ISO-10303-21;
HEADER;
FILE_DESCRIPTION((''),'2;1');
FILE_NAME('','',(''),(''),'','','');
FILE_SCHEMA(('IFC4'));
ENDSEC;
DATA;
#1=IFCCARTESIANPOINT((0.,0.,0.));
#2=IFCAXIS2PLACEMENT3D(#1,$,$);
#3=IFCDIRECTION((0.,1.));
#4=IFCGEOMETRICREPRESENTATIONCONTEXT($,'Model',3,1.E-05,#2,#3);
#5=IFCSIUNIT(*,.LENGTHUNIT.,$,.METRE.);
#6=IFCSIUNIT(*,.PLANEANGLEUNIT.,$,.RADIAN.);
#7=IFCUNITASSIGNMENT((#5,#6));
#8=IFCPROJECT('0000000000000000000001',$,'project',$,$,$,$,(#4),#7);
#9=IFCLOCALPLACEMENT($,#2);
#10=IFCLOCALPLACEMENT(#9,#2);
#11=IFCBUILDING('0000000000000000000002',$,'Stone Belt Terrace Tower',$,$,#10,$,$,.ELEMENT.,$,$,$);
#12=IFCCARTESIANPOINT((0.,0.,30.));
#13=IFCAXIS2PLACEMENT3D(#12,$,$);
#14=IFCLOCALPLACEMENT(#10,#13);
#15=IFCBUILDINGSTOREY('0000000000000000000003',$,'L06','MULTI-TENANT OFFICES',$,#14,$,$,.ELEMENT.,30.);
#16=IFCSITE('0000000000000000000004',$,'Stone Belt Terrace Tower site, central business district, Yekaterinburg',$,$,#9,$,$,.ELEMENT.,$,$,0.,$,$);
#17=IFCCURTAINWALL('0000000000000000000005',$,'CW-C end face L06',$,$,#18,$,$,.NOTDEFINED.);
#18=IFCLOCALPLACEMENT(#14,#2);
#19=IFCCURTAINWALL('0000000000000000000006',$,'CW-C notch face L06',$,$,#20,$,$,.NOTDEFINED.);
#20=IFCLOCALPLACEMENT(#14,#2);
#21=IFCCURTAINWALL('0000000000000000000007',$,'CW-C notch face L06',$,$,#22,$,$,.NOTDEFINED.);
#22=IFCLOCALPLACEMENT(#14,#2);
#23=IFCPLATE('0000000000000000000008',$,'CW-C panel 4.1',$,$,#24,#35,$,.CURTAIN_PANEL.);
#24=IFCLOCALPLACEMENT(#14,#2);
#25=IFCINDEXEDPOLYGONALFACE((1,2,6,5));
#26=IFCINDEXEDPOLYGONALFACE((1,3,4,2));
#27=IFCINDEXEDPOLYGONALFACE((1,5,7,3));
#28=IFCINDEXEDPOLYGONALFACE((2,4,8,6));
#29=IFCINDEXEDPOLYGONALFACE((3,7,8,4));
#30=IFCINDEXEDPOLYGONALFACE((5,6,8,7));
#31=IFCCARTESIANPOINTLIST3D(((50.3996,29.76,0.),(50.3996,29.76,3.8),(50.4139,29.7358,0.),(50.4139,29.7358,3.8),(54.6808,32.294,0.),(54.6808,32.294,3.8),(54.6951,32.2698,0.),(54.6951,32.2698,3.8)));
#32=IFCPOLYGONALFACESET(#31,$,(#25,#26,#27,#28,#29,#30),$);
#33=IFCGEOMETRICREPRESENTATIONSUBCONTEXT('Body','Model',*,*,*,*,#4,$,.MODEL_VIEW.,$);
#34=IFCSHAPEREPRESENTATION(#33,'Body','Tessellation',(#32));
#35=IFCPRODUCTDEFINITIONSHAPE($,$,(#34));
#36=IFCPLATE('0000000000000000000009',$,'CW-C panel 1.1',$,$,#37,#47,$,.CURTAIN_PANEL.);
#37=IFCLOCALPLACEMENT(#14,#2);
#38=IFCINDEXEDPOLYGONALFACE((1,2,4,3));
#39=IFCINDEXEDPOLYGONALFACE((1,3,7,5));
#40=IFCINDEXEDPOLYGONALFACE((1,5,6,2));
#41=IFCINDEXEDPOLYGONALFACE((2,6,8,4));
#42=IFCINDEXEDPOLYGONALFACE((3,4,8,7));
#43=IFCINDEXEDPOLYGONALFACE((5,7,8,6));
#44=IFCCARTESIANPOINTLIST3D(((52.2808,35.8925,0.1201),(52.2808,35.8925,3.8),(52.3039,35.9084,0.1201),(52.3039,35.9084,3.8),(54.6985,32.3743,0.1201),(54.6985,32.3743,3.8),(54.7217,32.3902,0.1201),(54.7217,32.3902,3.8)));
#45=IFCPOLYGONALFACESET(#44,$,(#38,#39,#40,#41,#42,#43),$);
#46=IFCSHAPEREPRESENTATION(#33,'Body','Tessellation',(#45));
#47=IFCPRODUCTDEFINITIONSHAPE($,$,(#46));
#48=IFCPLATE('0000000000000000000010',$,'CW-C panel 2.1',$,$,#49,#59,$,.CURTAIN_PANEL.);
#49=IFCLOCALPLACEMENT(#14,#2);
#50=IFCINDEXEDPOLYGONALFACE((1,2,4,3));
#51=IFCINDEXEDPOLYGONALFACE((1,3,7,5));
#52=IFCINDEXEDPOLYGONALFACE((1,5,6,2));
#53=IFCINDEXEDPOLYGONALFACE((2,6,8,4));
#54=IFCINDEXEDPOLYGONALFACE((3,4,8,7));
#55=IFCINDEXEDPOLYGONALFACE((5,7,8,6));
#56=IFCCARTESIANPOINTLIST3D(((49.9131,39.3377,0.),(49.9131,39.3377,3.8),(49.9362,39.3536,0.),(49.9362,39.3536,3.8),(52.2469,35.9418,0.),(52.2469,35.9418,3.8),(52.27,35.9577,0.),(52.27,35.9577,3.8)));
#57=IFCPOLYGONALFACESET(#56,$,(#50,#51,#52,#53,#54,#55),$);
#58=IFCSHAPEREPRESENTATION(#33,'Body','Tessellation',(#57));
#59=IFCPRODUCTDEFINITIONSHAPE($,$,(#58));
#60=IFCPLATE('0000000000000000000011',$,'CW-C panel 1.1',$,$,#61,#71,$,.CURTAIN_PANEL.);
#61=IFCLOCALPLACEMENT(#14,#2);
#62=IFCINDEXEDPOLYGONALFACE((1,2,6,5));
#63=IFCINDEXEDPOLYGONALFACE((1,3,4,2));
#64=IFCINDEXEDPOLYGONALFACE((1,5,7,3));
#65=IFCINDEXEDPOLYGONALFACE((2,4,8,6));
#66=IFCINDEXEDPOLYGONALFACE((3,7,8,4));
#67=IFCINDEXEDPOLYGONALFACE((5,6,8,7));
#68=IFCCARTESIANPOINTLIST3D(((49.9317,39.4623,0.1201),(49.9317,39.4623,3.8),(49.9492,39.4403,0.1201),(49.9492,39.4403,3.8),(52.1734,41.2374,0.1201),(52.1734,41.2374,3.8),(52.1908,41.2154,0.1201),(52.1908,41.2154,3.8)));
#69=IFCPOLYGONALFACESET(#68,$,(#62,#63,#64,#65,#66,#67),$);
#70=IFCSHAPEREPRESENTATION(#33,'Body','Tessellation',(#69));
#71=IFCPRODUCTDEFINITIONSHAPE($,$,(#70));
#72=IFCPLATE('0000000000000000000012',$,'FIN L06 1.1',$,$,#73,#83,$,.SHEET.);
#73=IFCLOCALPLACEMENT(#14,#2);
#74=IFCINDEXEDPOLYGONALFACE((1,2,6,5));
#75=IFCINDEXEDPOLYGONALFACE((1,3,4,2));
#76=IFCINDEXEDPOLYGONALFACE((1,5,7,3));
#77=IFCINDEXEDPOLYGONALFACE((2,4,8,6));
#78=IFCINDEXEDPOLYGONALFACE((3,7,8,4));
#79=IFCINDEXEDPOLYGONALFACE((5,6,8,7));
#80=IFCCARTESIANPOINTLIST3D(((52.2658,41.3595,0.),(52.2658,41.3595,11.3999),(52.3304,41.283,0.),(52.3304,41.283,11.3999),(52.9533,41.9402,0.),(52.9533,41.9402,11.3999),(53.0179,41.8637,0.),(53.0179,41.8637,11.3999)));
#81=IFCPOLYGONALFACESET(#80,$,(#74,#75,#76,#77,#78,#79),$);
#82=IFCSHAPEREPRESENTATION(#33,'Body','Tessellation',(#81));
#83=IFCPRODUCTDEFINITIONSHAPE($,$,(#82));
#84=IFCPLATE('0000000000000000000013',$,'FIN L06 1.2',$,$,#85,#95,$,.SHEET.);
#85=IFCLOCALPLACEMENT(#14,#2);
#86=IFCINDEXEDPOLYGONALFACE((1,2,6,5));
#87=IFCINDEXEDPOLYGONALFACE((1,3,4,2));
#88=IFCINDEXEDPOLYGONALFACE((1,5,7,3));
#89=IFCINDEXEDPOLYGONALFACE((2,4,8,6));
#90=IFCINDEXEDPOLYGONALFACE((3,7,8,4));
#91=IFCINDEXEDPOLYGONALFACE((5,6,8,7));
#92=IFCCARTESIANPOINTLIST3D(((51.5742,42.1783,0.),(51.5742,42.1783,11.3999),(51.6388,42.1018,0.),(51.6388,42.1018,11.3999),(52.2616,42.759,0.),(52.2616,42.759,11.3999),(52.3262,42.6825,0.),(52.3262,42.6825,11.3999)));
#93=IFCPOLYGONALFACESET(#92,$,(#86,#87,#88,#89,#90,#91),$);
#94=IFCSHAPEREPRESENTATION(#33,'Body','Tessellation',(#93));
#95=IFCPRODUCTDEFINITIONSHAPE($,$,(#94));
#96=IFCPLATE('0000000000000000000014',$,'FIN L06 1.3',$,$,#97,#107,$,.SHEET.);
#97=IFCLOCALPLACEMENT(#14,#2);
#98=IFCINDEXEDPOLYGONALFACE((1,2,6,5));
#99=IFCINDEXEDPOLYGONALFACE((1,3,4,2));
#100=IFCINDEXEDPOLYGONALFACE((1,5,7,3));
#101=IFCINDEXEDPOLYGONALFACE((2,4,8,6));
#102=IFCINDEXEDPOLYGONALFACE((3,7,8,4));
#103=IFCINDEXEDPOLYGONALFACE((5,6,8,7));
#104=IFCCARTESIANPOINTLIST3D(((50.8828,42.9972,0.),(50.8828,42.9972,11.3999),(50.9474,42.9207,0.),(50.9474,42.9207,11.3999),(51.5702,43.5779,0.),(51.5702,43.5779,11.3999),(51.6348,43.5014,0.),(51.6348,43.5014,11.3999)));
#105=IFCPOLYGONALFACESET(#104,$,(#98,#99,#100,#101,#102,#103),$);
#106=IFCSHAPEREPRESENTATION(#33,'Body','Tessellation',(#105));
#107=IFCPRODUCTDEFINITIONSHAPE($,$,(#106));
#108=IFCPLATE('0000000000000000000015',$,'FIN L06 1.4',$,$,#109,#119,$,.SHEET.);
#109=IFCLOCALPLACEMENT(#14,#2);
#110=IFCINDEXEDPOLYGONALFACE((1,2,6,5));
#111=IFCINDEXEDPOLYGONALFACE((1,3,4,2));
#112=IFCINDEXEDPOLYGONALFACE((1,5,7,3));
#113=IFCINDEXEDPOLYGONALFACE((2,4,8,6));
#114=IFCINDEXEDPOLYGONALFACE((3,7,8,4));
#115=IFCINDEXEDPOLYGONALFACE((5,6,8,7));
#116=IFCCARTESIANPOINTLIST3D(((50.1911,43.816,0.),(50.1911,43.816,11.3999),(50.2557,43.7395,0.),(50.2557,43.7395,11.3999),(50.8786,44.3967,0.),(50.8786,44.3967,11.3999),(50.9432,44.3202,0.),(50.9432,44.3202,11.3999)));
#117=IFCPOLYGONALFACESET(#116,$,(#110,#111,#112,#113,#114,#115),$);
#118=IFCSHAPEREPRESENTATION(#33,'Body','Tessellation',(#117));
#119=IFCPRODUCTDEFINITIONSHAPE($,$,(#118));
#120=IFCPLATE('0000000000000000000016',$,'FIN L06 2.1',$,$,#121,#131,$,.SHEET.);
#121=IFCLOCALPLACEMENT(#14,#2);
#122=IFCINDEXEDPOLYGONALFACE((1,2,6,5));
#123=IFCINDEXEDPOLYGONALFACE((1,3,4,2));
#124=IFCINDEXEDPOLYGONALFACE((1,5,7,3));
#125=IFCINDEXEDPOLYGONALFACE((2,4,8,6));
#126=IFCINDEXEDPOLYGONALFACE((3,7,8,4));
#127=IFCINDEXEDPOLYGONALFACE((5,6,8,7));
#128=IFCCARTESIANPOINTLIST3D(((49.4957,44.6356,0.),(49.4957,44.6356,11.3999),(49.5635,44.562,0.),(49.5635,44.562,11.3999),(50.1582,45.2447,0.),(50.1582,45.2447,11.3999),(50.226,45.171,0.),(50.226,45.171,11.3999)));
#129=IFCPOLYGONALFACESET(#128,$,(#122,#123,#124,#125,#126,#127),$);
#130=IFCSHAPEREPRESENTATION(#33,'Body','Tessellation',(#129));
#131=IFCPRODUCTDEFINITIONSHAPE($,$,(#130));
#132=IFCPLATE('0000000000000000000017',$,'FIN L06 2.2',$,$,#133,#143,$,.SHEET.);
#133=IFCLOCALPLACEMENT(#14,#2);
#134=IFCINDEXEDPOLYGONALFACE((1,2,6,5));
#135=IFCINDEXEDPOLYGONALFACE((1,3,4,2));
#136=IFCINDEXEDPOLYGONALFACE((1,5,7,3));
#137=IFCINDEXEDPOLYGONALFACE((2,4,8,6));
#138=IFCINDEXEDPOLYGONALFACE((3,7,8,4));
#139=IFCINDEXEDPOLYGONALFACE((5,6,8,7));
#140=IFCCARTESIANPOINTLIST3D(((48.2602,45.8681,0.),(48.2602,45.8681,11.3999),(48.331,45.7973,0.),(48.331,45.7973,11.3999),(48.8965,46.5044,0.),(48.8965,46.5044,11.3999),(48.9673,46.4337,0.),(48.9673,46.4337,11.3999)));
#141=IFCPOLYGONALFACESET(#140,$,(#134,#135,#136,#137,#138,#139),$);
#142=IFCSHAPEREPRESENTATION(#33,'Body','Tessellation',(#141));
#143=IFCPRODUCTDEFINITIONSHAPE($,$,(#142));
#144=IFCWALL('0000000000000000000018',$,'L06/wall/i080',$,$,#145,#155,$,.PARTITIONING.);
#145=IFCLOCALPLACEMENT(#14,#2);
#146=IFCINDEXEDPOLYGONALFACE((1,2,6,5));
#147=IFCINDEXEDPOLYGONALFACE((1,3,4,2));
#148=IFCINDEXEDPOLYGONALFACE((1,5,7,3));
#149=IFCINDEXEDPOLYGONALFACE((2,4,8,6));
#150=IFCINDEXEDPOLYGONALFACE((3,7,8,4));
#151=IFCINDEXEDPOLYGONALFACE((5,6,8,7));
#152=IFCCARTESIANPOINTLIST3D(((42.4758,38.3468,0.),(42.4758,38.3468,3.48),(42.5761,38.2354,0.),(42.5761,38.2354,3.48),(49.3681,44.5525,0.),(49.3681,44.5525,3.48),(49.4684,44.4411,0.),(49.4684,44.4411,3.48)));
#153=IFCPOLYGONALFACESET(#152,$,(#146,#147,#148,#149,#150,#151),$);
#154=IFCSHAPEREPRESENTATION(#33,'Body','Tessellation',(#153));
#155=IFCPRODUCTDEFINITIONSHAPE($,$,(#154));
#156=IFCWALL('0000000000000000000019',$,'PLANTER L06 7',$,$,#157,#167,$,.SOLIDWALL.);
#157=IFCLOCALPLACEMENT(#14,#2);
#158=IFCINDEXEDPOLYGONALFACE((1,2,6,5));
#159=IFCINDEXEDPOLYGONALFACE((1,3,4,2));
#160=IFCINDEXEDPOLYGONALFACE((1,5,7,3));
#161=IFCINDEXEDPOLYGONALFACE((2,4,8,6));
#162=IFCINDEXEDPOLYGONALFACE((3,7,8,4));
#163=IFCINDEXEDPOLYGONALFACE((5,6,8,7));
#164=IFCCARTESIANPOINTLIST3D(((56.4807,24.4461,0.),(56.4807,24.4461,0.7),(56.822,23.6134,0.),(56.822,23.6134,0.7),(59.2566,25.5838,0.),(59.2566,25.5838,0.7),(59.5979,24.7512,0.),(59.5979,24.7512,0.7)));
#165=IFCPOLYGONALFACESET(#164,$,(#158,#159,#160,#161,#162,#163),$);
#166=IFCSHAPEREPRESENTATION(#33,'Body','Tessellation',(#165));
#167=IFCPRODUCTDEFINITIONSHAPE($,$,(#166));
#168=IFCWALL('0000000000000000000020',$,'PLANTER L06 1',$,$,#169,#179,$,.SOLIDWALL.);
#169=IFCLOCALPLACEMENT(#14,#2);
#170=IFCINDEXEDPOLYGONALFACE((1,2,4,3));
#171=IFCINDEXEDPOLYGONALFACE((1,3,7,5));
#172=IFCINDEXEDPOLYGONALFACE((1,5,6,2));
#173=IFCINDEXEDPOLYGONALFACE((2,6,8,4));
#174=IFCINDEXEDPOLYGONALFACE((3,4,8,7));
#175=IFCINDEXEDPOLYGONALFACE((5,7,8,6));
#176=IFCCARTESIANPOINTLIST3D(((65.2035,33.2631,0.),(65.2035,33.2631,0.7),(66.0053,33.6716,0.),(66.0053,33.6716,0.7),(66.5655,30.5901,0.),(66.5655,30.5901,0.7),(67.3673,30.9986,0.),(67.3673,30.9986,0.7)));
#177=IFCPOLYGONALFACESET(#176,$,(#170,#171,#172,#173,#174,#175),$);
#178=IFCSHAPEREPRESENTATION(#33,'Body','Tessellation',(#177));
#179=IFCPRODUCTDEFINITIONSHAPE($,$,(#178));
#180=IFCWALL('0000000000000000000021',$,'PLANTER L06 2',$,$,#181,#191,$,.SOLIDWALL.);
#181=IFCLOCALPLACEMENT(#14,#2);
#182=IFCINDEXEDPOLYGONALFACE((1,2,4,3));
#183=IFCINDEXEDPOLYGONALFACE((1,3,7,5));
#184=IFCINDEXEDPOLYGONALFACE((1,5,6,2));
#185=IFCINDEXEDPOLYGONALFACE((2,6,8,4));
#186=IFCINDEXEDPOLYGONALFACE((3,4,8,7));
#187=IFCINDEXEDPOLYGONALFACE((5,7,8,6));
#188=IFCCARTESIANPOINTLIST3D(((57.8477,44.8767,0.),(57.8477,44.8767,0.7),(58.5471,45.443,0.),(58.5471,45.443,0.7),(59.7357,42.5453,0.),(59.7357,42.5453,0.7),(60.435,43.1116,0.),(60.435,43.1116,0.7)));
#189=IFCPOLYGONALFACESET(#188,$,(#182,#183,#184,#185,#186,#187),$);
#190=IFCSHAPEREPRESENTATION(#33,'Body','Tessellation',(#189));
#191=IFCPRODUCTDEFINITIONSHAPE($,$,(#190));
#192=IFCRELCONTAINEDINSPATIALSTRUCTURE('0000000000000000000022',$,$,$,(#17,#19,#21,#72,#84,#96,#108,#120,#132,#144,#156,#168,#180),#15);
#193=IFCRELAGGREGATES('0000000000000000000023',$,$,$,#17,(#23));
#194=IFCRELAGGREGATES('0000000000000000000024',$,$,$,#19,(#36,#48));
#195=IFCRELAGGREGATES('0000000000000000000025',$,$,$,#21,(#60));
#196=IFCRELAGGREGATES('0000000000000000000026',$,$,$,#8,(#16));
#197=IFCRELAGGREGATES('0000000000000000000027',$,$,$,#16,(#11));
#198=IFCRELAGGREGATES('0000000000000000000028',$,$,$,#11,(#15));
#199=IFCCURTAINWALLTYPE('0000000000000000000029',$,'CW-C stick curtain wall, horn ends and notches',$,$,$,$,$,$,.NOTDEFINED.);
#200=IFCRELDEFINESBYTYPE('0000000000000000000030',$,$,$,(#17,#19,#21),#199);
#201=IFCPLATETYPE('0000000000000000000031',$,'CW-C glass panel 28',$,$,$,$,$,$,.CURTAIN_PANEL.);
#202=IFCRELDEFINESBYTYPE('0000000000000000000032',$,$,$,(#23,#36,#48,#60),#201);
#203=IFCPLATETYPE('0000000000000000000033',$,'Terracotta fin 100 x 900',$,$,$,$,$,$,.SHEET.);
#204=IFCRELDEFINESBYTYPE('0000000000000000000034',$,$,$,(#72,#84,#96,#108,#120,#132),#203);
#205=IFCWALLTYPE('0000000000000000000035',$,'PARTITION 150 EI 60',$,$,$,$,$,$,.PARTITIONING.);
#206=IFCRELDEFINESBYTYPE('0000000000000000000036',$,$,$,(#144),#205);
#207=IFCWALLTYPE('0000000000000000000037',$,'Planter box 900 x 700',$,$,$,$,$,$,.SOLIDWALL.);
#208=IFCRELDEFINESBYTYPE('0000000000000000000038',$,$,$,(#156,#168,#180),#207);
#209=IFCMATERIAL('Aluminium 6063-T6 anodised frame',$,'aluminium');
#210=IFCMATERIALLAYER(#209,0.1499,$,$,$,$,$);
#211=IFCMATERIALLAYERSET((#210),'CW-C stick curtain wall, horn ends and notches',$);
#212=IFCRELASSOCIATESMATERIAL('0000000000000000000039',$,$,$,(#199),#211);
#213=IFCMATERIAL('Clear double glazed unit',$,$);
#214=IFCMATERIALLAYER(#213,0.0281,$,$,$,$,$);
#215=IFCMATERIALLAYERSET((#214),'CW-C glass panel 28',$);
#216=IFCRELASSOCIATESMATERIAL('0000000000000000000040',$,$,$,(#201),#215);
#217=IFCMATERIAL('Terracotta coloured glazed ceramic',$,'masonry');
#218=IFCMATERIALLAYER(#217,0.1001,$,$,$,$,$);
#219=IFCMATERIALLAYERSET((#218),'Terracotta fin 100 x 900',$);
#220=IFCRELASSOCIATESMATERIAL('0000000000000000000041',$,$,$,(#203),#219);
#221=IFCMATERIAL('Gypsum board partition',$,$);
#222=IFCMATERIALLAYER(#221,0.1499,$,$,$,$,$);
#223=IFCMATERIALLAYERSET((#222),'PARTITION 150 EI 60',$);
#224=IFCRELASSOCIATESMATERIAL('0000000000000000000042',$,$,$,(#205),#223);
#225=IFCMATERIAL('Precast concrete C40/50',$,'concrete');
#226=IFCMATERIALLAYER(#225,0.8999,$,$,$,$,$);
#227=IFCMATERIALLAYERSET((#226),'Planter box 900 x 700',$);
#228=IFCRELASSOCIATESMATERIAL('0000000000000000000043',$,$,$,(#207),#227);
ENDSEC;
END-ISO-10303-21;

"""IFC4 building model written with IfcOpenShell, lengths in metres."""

from ifc_helpers import new_model, si_unit, direction, frame, frame_2d, origin, origin_2d, place, context, subcontext, project, spatial, rectangle, extrude, material, layer, layer_set, type_object, element, aggregate, save


model = new_model("IFC4")

# Units and contexts
model_context = context("Model", 3, precision=1e-05, world=origin(), true_north=direction((0.0, 1.0)))
body_context = subcontext(model_context, "Body", "Model", "MODEL_VIEW")
ifc_project = project(units=[si_unit("LENGTHUNIT", "METRE"), si_unit("PLANEANGLEUNIT", "RADIAN")], contexts=[model_context])

# Site, building, storey
site_placement = place(None, origin())
site = spatial("IfcSite", under=ifc_project, at=site_placement, Name="Stone Belt Terrace Tower site, central business district, Yekaterinburg", CompositionType="ELEMENT", RefElevation=0.0)
building_placement = place(site_placement, origin())
building = spatial("IfcBuilding", under=site, at=building_placement, Name="Stone Belt Terrace Tower", CompositionType="ELEMENT")
storey_placement = place(building_placement, frame((0.0, 0.0, 30.0)))
storey = spatial("IfcBuildingStorey", under=building, at=storey_placement, Name="L06", Description="MULTI-TENANT OFFICES", CompositionType="ELEMENT", Elevation=30.0)

# Shared definitions
ifc_material_1 = material(Name="Aluminium 6063-T6 anodised frame", Category="aluminium")

# Curtain wall
ifc_layer_1 = layer(ifc_material_1, 0.1499)
ifc_layer_set_1 = layer_set([ifc_layer_1], Name="CW-C stick curtain wall, horn ends and notches")
curtain_wall_type_1 = type_object("IfcCurtainWallType", Name="CW-C stick curtain wall, horn ends and notches", PredefinedType="NOTDEFINED", material=ifc_layer_set_1)
curtain_wall_1_placement = place(storey_placement, origin())
curtain_wall_1 = element("IfcCurtainWall", 1, at=curtain_wall_1_placement, inside=storey, type_object=curtain_wall_type_1, Name="CW-C end face L06", PredefinedType="NOTDEFINED")

# Curtain wall
curtain_wall_2_placement = place(storey_placement, origin())
curtain_wall_2 = element("IfcCurtainWall", 2, at=curtain_wall_2_placement, inside=storey, type_object=curtain_wall_type_1, Name="CW-C notch face L06", PredefinedType="NOTDEFINED")

# Curtain wall
curtain_wall_3_placement = place(storey_placement, origin())
curtain_wall_3 = element("IfcCurtainWall", 3, at=curtain_wall_3_placement, inside=storey, type_object=curtain_wall_type_1, Name="CW-C notch face L06", PredefinedType="NOTDEFINED")

# Plates
ifc_material_2 = material(Name="Clear double glazed unit")
ifc_layer_2 = layer(ifc_material_2, 0.0281)
ifc_layer_set_2 = layer_set([ifc_layer_2], Name="CW-C glass panel 28")
plate_type_1 = type_object("IfcPlateType", Name="CW-C glass panel 28", PredefinedType="CURTAIN_PANEL", material=ifc_layer_set_2)
plate_1_placement = place(storey_placement, frame((52.5474, 31.0149, 0.0), z_axis=(0.0, 0.0, 1.0), x_axis=(0.860558, 0.509353, 0.0)))
plate_1 = element("IfcPlate", 4, at=plate_1_placement, type_object=plate_type_1, Name="CW-C panel 4.1", PredefinedType="CURTAIN_PANEL", context=body_context, shape_type="SweptSolid", body=[
    extrude(rectangle(XDim=4.9749, YDim=0.0281, at=origin_2d()), origin(), (0.0, 0.0, 1.0), 3.8),
])
aggregate(curtain_wall_1, [plate_1])
plate_2_placement = place(storey_placement, frame((53.5012, 34.1414, 0.1201), z_axis=(0.0, 0.0, 1.0), x_axis=(-0.566376, 0.824147, 0.0)))
plate_2 = element("IfcPlate", 5, at=plate_2_placement, type_object=plate_type_1, Name="CW-C panel 1.1", PredefinedType="CURTAIN_PANEL", context=body_context, shape_type="SweptSolid", body=[
    extrude(rectangle(XDim=4.2688, YDim=0.0281, at=origin_2d()), origin(), (0.0, 0.0, 1.0), 3.6799),
])
plate_3_placement = place(storey_placement, frame((51.0916, 37.6477, 0.0), z_axis=(0.0, 0.0, 1.0), x_axis=(-0.566376, 0.824147, 0.0)))
plate_3 = element("IfcPlate", 6, at=plate_3_placement, type_object=plate_type_1, Name="CW-C panel 2.1", PredefinedType="CURTAIN_PANEL", context=body_context, shape_type="SweptSolid", body=[
    extrude(rectangle(XDim=4.1206, YDim=0.0281, at=origin_2d()), origin(), (0.0, 0.0, 1.0), 3.8),
])
aggregate(curtain_wall_2, [plate_2, plate_3])
plate_4_placement = place(storey_placement, frame((51.0613, 40.3389, 0.1201), z_axis=(0.0, 0.0, 1.0), x_axis=(0.783964, 0.620807, 0.0)))
plate_4 = element("IfcPlate", 7, at=plate_4_placement, type_object=plate_type_1, Name="CW-C panel 1.1", PredefinedType="CURTAIN_PANEL", context=body_context, shape_type="SweptSolid", body=[
    extrude(rectangle(XDim=2.8594, YDim=0.0281, at=origin_2d()), origin(), (0.0, 0.0, 1.0), 3.6799),
])
aggregate(curtain_wall_3, [plate_4])

# Plates
ifc_material_3 = material(Name="Terracotta coloured glazed ceramic", Category="masonry")
ifc_layer_3 = layer(ifc_material_3, 0.1001)
ifc_layer_set_3 = layer_set([ifc_layer_3], Name="Terracotta fin 100 x 900")
plate_type_2 = type_object("IfcPlateType", Name="Terracotta fin 100 x 900", PredefinedType="SHEET", material=ifc_layer_set_3)
for number, where, z_axis, x_axis, name in (
    (8, (52.6418, 41.6116, 0.0), (0.0, 0.0, 1.0), (0.763937, 0.645291, 0.0), "FIN L06 1.1"),
    (9, (51.9502, 42.4304, 0.0), (0.0, 0.0, 1.0), (0.763937, 0.645291, 0.0), "FIN L06 1.2"),
    (10, (51.2588, 43.2493, 0.0), (0.0, 0.0, 1.0), (0.763937, 0.645291, 0.0), "FIN L06 1.3"),
    (11, (50.5671, 44.0681, 0.0), (0.0, 0.0, 1.0), (0.763937, 0.645291, 0.0), "FIN L06 1.4"),
    (12, (49.8608, 44.9033, 0.0), (0.0, 0.0, 1.0), (0.736171, 0.676796, 0.0), "FIN L06 2.1"),
    (13, (48.6138, 46.1509, 0.0), (0.0, 0.0, 1.0), (0.707107, 0.707107, 0.0), "FIN L06 2.2"),
):
    element("IfcPlate", number, at=place(storey_placement, frame(where, z_axis=z_axis, x_axis=x_axis)), inside=storey, type_object=plate_type_2, Name=name, PredefinedType="SHEET", context=body_context, shape_type="SweptSolid", body=[
        extrude(rectangle(XDim=0.8999, YDim=0.1001, at=origin_2d()), origin(), (0.0, 0.0, 1.0), 11.3999),
    ])

# Walls
ifc_material_4 = material(Name="Gypsum board partition")
ifc_layer_4 = layer(ifc_material_4, 0.1499)
ifc_layer_set_4 = layer_set([ifc_layer_4], Name="PARTITION 150 EI 60")
wall_type_1 = type_object("IfcWallType", Name="PARTITION 150 EI 60", PredefinedType="PARTITIONING", material=ifc_layer_set_4)
wall_placement = place(storey_placement, frame((49.4182, 44.4968, 0.0), z_axis=(0.0, 0.0, 1.0), x_axis=(-0.743149, -0.669126, 0.0)))
element("IfcWall", 14, at=wall_placement, inside=storey, type_object=wall_type_1, Name="L06/wall/i080", PredefinedType="PARTITIONING", context=body_context, shape_type="SweptSolid", body=[
    extrude(rectangle(XDim=9.2744, YDim=0.1499, at=frame_2d((4.6372, 0.0))), origin(), (0.0, 0.0, 1.0), 3.48),
])
ifc_material_5 = material(Name="Precast concrete C40/50", Category="concrete")
ifc_layer_5 = layer(ifc_material_5, 0.8999)
ifc_layer_set_5 = layer_set([ifc_layer_5], Name="Planter box 900 x 700")
wall_type_2 = type_object("IfcWallType", Name="Planter box 900 x 700", PredefinedType="SOLIDWALL", material=ifc_layer_set_5)
for number, where, z_axis, x_axis, name in (
    (15, (58.0393, 24.5986, 0.0), (0.0, 0.0, 1.0), (0.925297, 0.379243, 0.0), "PLANTER L06 7"),
    (16, (66.2854, 32.1309, 0.0), (0.0, 0.0, 1.0), (-0.45399, 0.891007, 0.0), "PLANTER L06 1"),
    (17, (59.1414, 43.9941, 0.0), (0.0, 0.0, 1.0), (-0.62932, 0.777146, 0.0), "PLANTER L06 2"),
):
    element("IfcWall", number, at=place(storey_placement, frame(where, z_axis=z_axis, x_axis=x_axis)), inside=storey, type_object=wall_type_2, Name=name, PredefinedType="SOLIDWALL", context=body_context, shape_type="SweptSolid", body=[
        extrude(rectangle(XDim=3.0, YDim=0.8999, at=origin_2d()), origin(), (0.0, 0.0, 1.0), 0.7),
    ])

save(model, "model.ifc")
